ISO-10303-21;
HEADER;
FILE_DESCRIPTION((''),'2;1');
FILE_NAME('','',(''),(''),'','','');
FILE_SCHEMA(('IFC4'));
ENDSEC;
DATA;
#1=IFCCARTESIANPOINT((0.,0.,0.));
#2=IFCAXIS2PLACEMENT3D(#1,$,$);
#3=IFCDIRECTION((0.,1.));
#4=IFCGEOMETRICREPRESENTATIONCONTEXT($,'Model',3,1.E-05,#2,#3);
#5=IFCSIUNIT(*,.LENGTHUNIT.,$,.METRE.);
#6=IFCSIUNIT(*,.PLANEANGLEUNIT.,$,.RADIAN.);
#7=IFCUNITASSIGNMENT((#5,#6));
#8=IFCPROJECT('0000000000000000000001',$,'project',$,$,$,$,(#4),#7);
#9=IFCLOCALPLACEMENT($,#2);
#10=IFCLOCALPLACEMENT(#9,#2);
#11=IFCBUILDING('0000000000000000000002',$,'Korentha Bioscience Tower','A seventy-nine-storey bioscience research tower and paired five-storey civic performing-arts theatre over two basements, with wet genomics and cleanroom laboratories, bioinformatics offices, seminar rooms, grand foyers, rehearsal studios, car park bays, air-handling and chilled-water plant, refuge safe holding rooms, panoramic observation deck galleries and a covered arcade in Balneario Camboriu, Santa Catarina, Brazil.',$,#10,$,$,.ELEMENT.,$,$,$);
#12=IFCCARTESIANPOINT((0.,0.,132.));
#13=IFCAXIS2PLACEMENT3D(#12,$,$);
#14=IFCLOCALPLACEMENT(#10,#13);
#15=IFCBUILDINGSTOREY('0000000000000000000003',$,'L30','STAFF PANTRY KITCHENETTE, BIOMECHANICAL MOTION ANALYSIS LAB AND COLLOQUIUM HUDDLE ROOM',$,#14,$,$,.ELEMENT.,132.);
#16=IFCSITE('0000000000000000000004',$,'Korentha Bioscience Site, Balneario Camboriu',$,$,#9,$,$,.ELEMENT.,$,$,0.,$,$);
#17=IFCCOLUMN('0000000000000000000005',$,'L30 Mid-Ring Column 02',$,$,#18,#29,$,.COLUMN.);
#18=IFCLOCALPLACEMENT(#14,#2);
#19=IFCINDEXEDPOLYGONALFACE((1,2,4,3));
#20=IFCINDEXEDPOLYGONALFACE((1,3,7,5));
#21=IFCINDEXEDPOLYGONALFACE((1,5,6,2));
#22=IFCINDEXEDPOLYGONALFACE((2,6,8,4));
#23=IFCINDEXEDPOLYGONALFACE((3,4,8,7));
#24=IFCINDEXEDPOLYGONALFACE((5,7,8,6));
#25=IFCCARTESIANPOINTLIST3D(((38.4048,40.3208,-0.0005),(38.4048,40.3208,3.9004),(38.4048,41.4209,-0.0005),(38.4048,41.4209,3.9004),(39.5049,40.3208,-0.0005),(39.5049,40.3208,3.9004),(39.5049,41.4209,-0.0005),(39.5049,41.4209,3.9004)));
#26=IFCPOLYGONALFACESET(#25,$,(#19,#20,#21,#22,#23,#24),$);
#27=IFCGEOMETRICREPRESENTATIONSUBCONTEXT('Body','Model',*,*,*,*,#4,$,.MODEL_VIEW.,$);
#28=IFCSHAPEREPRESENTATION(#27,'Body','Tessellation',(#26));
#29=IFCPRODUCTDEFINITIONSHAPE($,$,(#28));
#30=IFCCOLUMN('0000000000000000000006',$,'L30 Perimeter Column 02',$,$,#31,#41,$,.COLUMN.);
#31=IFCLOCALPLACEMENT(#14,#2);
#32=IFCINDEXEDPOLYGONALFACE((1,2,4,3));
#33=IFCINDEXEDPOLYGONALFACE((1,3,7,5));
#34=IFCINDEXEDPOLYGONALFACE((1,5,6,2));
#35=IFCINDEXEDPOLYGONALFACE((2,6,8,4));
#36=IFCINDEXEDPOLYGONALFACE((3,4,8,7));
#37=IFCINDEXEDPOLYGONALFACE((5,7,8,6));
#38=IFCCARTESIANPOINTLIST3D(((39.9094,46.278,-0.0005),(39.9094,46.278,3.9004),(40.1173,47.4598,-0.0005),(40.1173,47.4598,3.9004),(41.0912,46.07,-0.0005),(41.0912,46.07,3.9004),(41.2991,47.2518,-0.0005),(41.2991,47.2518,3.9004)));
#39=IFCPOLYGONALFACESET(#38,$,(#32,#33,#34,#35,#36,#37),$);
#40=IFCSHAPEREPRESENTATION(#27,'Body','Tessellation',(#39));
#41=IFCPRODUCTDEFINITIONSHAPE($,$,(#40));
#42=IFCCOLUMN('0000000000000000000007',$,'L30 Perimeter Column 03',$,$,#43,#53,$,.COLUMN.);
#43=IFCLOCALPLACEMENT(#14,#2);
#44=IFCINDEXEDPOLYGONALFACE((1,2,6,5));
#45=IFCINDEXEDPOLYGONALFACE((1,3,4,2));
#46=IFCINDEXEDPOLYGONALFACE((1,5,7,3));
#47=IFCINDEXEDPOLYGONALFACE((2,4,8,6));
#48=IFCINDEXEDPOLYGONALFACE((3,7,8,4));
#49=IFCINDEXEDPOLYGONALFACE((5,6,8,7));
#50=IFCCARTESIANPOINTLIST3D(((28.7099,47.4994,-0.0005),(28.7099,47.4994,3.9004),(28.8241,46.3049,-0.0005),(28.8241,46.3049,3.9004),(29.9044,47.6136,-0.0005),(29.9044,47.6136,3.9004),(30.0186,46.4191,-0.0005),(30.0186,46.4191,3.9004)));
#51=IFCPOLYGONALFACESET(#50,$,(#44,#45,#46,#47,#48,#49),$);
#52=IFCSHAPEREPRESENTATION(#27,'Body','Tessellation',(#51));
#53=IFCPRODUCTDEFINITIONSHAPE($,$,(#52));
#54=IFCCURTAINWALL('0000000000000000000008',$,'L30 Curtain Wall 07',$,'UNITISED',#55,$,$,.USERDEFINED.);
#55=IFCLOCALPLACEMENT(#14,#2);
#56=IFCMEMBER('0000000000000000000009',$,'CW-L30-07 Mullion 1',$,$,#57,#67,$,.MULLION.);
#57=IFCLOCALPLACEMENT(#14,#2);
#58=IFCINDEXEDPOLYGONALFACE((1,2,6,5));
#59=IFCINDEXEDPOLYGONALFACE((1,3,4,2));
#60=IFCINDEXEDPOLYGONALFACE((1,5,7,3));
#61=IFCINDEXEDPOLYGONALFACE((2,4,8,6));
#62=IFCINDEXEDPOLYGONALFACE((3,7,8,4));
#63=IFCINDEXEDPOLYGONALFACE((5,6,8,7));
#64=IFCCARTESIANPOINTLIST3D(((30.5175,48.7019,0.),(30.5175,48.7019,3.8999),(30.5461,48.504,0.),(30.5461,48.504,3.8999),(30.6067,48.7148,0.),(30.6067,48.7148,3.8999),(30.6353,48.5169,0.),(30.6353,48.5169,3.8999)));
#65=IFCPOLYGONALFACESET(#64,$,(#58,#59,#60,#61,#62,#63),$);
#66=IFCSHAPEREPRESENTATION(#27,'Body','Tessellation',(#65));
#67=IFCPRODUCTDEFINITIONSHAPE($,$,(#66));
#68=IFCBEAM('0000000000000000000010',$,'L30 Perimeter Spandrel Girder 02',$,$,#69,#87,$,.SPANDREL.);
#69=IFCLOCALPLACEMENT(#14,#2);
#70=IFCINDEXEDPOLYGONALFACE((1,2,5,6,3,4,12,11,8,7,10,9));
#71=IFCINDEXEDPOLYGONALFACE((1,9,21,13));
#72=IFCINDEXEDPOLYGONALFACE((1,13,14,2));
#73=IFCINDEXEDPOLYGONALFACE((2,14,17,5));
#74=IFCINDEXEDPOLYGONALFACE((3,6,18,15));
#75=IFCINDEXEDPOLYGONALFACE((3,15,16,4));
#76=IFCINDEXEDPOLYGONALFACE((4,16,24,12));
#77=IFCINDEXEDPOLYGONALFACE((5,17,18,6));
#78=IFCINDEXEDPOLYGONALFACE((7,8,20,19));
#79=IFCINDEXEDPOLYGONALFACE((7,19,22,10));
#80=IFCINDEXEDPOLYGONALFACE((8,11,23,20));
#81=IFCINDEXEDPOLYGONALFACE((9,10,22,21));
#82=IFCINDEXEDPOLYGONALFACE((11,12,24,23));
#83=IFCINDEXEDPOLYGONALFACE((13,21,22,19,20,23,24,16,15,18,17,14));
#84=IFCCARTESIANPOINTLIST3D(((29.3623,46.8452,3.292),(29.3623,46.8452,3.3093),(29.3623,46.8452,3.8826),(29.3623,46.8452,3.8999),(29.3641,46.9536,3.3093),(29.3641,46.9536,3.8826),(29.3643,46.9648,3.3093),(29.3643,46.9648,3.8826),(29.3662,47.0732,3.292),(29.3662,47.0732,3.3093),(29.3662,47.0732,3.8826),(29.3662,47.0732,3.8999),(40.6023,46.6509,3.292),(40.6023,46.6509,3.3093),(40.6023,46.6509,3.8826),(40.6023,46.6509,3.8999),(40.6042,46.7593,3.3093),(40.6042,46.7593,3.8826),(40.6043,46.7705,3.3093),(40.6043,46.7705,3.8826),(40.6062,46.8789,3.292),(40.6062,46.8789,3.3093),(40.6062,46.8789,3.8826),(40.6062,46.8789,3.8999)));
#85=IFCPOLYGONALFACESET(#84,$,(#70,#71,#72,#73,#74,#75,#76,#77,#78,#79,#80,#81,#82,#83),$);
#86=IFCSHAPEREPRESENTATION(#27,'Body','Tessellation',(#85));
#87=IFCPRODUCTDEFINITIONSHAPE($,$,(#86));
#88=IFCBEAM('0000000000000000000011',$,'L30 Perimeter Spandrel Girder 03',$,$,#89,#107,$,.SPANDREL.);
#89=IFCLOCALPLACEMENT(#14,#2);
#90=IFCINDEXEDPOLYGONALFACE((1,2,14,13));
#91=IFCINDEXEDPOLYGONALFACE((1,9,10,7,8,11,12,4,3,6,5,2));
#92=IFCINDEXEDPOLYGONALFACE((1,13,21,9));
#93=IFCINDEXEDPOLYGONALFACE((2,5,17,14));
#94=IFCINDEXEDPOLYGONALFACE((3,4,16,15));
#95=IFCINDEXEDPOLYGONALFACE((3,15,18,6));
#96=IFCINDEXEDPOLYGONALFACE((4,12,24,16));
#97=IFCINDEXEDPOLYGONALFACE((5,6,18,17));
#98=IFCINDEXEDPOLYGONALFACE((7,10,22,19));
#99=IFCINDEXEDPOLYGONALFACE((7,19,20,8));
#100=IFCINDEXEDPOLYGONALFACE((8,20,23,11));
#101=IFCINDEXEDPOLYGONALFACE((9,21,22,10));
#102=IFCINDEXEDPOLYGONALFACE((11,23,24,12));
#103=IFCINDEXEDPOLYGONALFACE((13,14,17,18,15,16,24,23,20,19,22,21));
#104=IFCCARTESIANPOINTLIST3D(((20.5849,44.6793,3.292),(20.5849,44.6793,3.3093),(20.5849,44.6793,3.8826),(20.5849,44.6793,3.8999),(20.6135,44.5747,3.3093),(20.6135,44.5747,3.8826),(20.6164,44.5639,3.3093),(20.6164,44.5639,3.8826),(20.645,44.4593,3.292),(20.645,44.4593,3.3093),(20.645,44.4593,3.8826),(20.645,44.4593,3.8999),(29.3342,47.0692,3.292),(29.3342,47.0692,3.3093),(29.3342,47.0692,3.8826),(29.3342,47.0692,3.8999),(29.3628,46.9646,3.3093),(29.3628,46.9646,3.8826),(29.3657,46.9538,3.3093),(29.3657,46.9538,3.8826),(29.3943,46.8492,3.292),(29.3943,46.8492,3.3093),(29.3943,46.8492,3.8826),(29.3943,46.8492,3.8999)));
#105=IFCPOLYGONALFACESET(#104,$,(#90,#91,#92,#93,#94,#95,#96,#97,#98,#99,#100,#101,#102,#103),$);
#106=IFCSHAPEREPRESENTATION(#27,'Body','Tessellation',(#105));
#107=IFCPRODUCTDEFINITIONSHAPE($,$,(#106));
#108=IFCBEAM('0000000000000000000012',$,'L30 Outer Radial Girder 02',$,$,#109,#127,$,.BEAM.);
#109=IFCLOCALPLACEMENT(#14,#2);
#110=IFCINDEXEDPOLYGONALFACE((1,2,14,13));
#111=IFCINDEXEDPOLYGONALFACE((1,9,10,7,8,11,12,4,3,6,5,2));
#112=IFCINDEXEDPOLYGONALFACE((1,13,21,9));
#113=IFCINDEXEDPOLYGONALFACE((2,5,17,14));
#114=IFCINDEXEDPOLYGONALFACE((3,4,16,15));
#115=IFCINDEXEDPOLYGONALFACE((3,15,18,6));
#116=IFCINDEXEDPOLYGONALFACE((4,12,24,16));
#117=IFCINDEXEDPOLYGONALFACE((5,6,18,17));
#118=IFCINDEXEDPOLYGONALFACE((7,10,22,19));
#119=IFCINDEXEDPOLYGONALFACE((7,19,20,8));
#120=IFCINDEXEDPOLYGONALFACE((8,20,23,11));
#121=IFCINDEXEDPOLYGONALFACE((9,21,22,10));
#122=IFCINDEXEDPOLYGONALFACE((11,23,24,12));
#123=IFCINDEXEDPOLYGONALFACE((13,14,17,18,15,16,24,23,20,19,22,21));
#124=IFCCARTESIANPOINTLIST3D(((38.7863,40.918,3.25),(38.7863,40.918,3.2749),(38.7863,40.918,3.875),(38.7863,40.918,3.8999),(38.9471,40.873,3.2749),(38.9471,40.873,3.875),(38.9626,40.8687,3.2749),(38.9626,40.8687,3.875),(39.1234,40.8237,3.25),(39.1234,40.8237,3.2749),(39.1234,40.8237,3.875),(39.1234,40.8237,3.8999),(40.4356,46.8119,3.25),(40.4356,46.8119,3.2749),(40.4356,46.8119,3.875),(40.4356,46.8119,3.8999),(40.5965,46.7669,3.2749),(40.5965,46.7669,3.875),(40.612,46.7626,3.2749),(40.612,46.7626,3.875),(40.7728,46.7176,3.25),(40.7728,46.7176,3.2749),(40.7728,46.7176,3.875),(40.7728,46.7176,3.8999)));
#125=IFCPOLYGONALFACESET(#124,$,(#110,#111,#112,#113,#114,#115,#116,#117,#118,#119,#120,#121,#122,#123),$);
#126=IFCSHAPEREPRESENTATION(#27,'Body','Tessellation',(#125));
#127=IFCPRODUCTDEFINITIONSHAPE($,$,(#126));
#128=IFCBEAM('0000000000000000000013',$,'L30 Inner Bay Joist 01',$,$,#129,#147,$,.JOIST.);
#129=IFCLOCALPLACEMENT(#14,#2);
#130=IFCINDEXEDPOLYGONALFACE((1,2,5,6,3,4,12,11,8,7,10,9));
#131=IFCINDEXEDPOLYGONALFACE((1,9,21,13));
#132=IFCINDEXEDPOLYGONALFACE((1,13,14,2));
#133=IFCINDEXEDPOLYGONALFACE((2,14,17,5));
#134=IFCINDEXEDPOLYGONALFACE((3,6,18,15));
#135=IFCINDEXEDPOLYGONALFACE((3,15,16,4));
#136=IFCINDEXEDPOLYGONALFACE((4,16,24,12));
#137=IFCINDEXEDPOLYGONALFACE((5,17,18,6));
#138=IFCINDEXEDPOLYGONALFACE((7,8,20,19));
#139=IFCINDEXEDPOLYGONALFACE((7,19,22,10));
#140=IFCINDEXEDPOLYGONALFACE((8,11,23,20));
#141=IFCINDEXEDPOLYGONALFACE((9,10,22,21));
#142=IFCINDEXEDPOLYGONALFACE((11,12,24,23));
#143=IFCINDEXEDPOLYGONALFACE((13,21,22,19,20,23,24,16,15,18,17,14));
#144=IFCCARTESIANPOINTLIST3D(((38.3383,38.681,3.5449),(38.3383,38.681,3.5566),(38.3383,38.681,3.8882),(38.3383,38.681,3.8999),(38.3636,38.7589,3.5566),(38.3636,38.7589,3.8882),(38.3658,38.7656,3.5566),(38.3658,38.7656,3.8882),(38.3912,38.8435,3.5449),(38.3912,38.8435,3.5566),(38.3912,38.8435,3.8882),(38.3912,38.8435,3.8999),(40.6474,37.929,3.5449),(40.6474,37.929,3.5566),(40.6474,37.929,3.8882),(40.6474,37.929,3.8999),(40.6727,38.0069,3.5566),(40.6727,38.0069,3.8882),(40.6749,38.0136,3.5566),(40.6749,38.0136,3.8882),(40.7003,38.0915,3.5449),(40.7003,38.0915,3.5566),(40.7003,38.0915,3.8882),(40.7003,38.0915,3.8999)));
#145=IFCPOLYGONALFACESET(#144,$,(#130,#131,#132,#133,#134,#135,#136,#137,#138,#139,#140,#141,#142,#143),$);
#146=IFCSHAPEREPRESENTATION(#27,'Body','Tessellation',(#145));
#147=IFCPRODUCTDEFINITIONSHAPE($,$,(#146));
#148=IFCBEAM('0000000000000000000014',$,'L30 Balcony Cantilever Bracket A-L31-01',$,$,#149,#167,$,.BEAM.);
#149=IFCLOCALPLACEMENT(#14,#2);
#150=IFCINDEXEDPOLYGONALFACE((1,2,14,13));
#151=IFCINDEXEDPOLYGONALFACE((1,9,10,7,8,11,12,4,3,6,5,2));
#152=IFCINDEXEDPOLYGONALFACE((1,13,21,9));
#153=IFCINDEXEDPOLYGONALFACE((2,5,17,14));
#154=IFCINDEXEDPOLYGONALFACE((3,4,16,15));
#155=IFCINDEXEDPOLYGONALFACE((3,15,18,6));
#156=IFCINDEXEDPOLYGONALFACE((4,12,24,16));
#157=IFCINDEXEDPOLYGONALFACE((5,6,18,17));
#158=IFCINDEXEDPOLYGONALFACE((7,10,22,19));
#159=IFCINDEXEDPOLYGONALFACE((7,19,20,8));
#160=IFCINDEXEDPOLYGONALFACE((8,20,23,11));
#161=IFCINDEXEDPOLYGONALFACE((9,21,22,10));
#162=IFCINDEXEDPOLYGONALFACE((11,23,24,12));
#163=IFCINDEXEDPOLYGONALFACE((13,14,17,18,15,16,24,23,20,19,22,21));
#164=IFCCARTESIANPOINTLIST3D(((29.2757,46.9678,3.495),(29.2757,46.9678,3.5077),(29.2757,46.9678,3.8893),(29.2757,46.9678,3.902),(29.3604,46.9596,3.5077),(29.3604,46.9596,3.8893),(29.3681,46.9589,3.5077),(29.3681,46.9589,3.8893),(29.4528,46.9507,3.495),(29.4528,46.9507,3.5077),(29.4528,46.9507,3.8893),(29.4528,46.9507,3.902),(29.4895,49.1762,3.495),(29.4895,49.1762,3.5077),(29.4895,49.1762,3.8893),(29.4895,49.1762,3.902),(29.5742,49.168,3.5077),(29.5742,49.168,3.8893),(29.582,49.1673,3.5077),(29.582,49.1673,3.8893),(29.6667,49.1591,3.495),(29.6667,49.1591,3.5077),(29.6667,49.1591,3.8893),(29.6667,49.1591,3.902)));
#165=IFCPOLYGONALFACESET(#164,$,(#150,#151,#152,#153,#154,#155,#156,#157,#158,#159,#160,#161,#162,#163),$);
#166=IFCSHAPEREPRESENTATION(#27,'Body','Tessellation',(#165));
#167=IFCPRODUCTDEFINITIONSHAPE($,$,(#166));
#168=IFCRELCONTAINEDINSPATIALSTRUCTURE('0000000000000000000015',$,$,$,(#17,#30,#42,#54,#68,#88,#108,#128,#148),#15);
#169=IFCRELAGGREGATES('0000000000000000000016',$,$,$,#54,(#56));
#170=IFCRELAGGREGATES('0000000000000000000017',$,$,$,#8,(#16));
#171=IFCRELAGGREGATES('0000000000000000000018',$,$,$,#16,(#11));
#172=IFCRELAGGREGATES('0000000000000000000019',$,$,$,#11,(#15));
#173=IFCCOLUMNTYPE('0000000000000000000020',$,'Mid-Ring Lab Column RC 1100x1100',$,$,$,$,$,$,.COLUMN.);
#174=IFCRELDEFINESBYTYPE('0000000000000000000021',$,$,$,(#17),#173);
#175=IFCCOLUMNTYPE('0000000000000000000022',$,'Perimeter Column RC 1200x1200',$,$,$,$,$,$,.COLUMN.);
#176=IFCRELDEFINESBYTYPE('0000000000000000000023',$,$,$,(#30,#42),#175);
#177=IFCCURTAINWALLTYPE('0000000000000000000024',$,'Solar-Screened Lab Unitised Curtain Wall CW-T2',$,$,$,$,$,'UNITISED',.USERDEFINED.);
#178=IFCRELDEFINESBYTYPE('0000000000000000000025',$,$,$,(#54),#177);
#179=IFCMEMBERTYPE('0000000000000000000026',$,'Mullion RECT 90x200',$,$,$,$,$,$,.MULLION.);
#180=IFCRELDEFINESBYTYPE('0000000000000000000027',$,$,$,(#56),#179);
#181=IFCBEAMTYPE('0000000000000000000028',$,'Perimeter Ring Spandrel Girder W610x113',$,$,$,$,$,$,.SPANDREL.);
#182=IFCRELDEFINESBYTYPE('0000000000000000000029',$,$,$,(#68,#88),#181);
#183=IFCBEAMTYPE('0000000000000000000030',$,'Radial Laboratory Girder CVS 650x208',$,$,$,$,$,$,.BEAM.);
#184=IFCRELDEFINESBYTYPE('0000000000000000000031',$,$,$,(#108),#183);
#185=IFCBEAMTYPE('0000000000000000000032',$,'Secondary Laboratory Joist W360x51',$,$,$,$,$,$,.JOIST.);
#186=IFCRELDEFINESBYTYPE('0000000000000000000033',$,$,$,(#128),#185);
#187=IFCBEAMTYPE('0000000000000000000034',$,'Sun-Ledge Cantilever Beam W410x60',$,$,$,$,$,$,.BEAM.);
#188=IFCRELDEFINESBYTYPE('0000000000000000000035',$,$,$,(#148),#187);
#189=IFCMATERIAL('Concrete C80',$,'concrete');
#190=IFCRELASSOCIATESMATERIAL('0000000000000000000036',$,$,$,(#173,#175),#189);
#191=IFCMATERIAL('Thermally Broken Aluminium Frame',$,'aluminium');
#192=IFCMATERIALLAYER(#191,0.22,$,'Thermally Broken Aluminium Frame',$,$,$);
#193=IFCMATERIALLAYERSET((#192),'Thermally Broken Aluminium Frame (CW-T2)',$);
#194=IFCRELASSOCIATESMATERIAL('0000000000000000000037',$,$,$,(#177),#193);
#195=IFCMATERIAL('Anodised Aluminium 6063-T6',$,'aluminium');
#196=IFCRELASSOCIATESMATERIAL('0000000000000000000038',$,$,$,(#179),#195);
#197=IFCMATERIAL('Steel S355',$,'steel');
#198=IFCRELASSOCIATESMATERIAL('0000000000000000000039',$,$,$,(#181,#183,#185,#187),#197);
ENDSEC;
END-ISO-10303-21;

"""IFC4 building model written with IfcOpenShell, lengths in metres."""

from ifc_helpers import new_model, si_unit, direction, frame, origin, origin_2d, place, context, subcontext, project, spatial, rectangle, i_section, extrude, material, layer, layer_set, material_profile, profile_set, type_object, element, aggregate, save


model = new_model("IFC4")

# Units and contexts
model_context = context("Model", 3, precision=1e-05, world=origin(), true_north=direction((0.0, 1.0)))
body_context = subcontext(model_context, "Body", "Model", "MODEL_VIEW")
ifc_project = project(units=[si_unit("LENGTHUNIT", "METRE"), si_unit("PLANEANGLEUNIT", "RADIAN")], contexts=[model_context])

# Site, building, storey
site_placement = place(None, origin())
site = spatial("IfcSite", under=ifc_project, at=site_placement, Name="Korentha Bioscience Site, Balneario Camboriu", CompositionType="ELEMENT", RefElevation=0.0)
building_placement = place(site_placement, origin())
building = spatial("IfcBuilding", under=site, at=building_placement, Name="Korentha Bioscience Tower", Description="A seventy-nine-storey bioscience research tower and paired five-storey civic performing-arts theatre over two basements, with wet genomics and cleanroom laboratories, bioinformatics offices, seminar rooms, grand foyers, rehearsal studios, car park bays, air-handling and chilled-water plant, refuge safe holding rooms, panoramic observation deck galleries and a covered arcade in Balneario Camboriu, Santa Catarina, Brazil.", CompositionType="ELEMENT")
storey_placement = place(building_placement, frame((0.0, 0.0, 132.0)))
storey = spatial("IfcBuildingStorey", under=building, at=storey_placement, Name="L30", Description="STAFF PANTRY KITCHENETTE, BIOMECHANICAL MOTION ANALYSIS LAB AND COLLOQUIUM HUDDLE ROOM", CompositionType="ELEMENT", Elevation=132.0)

# Columns
ifc_material_1 = material(Name="Concrete C80", Category="concrete")
ifc_material_profile_1 = material_profile(ifc_material_1, rectangle(XDim=1.1001, YDim=1.1001, at=origin_2d()), Name="Concrete C80")
ifc_profile_set_1 = profile_set([ifc_material_profile_1], Name="Concrete C80 (COL-MR11)")
column_type_1 = type_object("IfcColumnType", Name="Mid-Ring Lab Column RC 1100x1100", PredefinedType="COLUMN", material=ifc_profile_set_1)
column_placement = place(storey_placement, frame((38.9548, 40.8708, -0.0005), z_axis=(0.0, 0.0, 1.0), x_axis=(1.0, 0.0, 0.0)))
element("IfcColumn", 1, at=column_placement, inside=storey, type_object=column_type_1, Name="L30 Mid-Ring Column 02", PredefinedType="COLUMN", context=body_context, shape_type="SweptSolid", body=[
    extrude(rectangle(XDim=1.1001, YDim=1.1001, at=origin_2d()), origin(), (0.0, 0.0, 1.0), 3.9009),
])
ifc_material_profile_2 = material_profile(ifc_material_1, rectangle(XDim=1.2, YDim=1.2, at=origin_2d()), Name="Concrete C80")
ifc_profile_set_2 = profile_set([ifc_material_profile_2], Name="Concrete C80 (COL-P12)")
column_type_2 = type_object("IfcColumnType", Name="Perimeter Column RC 1200x1200", PredefinedType="COLUMN", material=ifc_profile_set_2)
for number, where, z_axis, x_axis, name in (
    (2, (40.6042, 46.7649, -0.0005), (0.0, 0.0, 1.0), (-0.984868, 0.173304, 0.0), "L30 Perimeter Column 02"),
    (3, (29.3643, 46.9592, -0.0005), (0.0, 0.0, 1.0), (0.995463, 0.095151, 0.0), "L30 Perimeter Column 03"),
):
    element("IfcColumn", number, at=place(storey_placement, frame(where, z_axis=z_axis, x_axis=x_axis)), inside=storey, type_object=column_type_2, Name=name, PredefinedType="COLUMN", context=body_context, shape_type="SweptSolid", body=[
        extrude(rectangle(XDim=1.2, YDim=1.2, at=origin_2d()), origin(), (0.0, 0.0, 1.0), 3.9009),
    ])

# Curtain wall, member
ifc_material_2 = material(Name="Thermally Broken Aluminium Frame", Category="aluminium")
ifc_layer_1 = layer(ifc_material_2, 0.22, Name="Thermally Broken Aluminium Frame")
ifc_layer_set_1 = layer_set([ifc_layer_1], Name="Thermally Broken Aluminium Frame (CW-T2)")
curtain_wall_type = type_object("IfcCurtainWallType", Name="Solar-Screened Lab Unitised Curtain Wall CW-T2", ElementType="UNITISED", PredefinedType="USERDEFINED", material=ifc_layer_set_1)
curtain_wall_placement = place(storey_placement, origin())
curtain_wall = element("IfcCurtainWall", 4, at=curtain_wall_placement, inside=storey, type_object=curtain_wall_type, Name="L30 Curtain Wall 07", ObjectType="UNITISED", PredefinedType="USERDEFINED")
ifc_material_3 = material(Name="Anodised Aluminium 6063-T6", Category="aluminium")
ifc_material_profile_3 = material_profile(ifc_material_3, rectangle(XDim=0.0901, YDim=0.2, at=origin_2d()), Name="Anodised Aluminium 6063-T6")
ifc_profile_set_3 = profile_set([ifc_material_profile_3], Name="Anodised Aluminium 6063-T6 (CW-MUL)")
member_type_1 = type_object("IfcMemberType", Name="Mullion RECT 90x200", PredefinedType="MULLION", material=ifc_profile_set_3)
member_1_placement = place(storey_placement, frame((30.5764, 48.6094, 0.0), z_axis=(0.0, 0.0, 1.0), x_axis=(-0.989738, -0.142892, 0.0)))
member_1 = element("IfcMember", 5, at=member_1_placement, type_object=member_type_1, Name="CW-L30-07 Mullion 1", PredefinedType="MULLION", context=body_context, shape_type="SweptSolid", body=[
    extrude(rectangle(XDim=0.0901, YDim=0.2, at=origin_2d()), origin(), (0.0, 0.0, 1.0), 3.8999),
])

# Beams
ifc_material_4 = material(Name="Steel S355", Category="steel")
ifc_material_profile_4 = material_profile(ifc_material_4, i_section(OverallWidth=0.228, OverallDepth=0.6079, WebThickness=0.0112, FlangeThickness=0.0173, at=origin_2d()), Name="Steel S355")
ifc_profile_set_4 = profile_set([ifc_material_profile_4], Name="Steel S355 (SB-610)")
beam_type_1 = type_object("IfcBeamType", Name="Perimeter Ring Spandrel Girder W610x113", PredefinedType="SPANDREL", material=ifc_profile_set_4)
beam_1_placement = place(storey_placement, frame((40.6042, 46.7649, 3.5959), z_axis=(-0.999851, 0.017287, 0.0), x_axis=(-0.017287, -0.999851, 0.0)))
element("IfcBeam", 6, at=beam_1_placement, inside=storey, type_object=beam_type_1, Name="L30 Perimeter Spandrel Girder 02", PredefinedType="SPANDREL", context=body_context, shape_type="SweptSolid", body=[
    extrude(i_section(OverallWidth=0.228, OverallDepth=0.6079, WebThickness=0.0112, FlangeThickness=0.0173, at=origin_2d()), origin(), (0.0, 0.0, 1.0), 11.2417),
])
beam_2_placement = place(storey_placement, frame((29.3643, 46.9592, 3.5959), z_axis=(-0.964659, -0.2635, 0.0), x_axis=(0.2635, -0.964659, 0.0)))
element("IfcBeam", 7, at=beam_2_placement, inside=storey, type_object=beam_type_1, Name="L30 Perimeter Spandrel Girder 03", PredefinedType="SPANDREL", context=body_context, shape_type="SweptSolid", body=[
    extrude(i_section(OverallWidth=0.228, OverallDepth=0.6079, WebThickness=0.0112, FlangeThickness=0.0173, at=origin_2d()), origin(), (0.0, 0.0, 1.0), 9.0698),
])
ifc_material_profile_5 = material_profile(ifc_material_4, i_section(OverallWidth=0.3501, OverallDepth=0.6499, WebThickness=0.0161, FlangeThickness=0.0249, at=origin_2d()), Name="Steel S355")
ifc_profile_set_5 = profile_set([ifc_material_profile_5], Name="Steel S355 (RB-650)")
beam_type_2 = type_object("IfcBeamType", Name="Radial Laboratory Girder CVS 650x208", PredefinedType="BEAM", material=ifc_profile_set_5)
beam_3_placement = place(storey_placement, frame((38.9548, 40.8708, 3.575), z_axis=(0.269491, 0.963003, 0.0), x_axis=(-0.963003, 0.269491, 0.0)))
element("IfcBeam", 8, at=beam_3_placement, inside=storey, type_object=beam_type_2, Name="L30 Outer Radial Girder 02", PredefinedType="BEAM", context=body_context, shape_type="SweptSolid", body=[
    extrude(i_section(OverallWidth=0.3501, OverallDepth=0.6499, WebThickness=0.0161, FlangeThickness=0.0249, at=origin_2d()), origin(), (0.0, 0.0, 1.0), 6.1204),
])
ifc_material_profile_6 = material_profile(ifc_material_4, i_section(OverallWidth=0.1709, OverallDepth=0.355, WebThickness=0.0071, FlangeThickness=0.0117, at=origin_2d()), Name="Steel S355")
ifc_profile_set_6 = profile_set([ifc_material_profile_6], Name="Steel S355 (JB-360)")
beam_type_3 = type_object("IfcBeamType", Name="Secondary Laboratory Joist W360x51", PredefinedType="JOIST", material=ifc_profile_set_6)
beam_4_placement = place(storey_placement, frame((40.6738, 38.0103, 3.7224), z_axis=(-0.950852, 0.309645, 0.0), x_axis=(-0.309645, -0.950852, 0.0)))
element("IfcBeam", 9, at=beam_4_placement, inside=storey, type_object=beam_type_3, Name="L30 Inner Bay Joist 01", PredefinedType="JOIST", context=body_context, shape_type="SweptSolid", body=[
    extrude(i_section(OverallWidth=0.1709, OverallDepth=0.355, WebThickness=0.0071, FlangeThickness=0.0117, at=origin_2d()), origin(), (0.0, 0.0, 1.0), 2.4285),
])
ifc_material_profile_7 = material_profile(ifc_material_4, i_section(OverallWidth=0.178, OverallDepth=0.407, WebThickness=0.0078, FlangeThickness=0.0127, at=origin_2d()), Name="Steel S355")
ifc_profile_set_7 = profile_set([ifc_material_profile_7], Name="Steel S355 (CB-410)")
beam_type_4 = type_object("IfcBeamType", Name="Sun-Ledge Cantilever Beam W410x60", PredefinedType="BEAM", material=ifc_profile_set_7)
beam_5_placement = place(storey_placement, frame((29.3643, 46.9592, 3.6985), z_axis=(0.096387, 0.995344, 0.0), x_axis=(-0.995344, 0.096387, 0.0)))
element("IfcBeam", 10, at=beam_5_placement, inside=storey, type_object=beam_type_4, Name="L30 Balcony Cantilever Bracket A-L31-01", PredefinedType="BEAM", context=body_context, shape_type="SweptSolid", body=[
    extrude(i_section(OverallWidth=0.178, OverallDepth=0.407, WebThickness=0.0078, FlangeThickness=0.0127, at=origin_2d()), origin(), (0.0, 0.0, 1.0), 2.2188),
])

aggregate(curtain_wall, [member_1])

save(model, "model.ifc")
